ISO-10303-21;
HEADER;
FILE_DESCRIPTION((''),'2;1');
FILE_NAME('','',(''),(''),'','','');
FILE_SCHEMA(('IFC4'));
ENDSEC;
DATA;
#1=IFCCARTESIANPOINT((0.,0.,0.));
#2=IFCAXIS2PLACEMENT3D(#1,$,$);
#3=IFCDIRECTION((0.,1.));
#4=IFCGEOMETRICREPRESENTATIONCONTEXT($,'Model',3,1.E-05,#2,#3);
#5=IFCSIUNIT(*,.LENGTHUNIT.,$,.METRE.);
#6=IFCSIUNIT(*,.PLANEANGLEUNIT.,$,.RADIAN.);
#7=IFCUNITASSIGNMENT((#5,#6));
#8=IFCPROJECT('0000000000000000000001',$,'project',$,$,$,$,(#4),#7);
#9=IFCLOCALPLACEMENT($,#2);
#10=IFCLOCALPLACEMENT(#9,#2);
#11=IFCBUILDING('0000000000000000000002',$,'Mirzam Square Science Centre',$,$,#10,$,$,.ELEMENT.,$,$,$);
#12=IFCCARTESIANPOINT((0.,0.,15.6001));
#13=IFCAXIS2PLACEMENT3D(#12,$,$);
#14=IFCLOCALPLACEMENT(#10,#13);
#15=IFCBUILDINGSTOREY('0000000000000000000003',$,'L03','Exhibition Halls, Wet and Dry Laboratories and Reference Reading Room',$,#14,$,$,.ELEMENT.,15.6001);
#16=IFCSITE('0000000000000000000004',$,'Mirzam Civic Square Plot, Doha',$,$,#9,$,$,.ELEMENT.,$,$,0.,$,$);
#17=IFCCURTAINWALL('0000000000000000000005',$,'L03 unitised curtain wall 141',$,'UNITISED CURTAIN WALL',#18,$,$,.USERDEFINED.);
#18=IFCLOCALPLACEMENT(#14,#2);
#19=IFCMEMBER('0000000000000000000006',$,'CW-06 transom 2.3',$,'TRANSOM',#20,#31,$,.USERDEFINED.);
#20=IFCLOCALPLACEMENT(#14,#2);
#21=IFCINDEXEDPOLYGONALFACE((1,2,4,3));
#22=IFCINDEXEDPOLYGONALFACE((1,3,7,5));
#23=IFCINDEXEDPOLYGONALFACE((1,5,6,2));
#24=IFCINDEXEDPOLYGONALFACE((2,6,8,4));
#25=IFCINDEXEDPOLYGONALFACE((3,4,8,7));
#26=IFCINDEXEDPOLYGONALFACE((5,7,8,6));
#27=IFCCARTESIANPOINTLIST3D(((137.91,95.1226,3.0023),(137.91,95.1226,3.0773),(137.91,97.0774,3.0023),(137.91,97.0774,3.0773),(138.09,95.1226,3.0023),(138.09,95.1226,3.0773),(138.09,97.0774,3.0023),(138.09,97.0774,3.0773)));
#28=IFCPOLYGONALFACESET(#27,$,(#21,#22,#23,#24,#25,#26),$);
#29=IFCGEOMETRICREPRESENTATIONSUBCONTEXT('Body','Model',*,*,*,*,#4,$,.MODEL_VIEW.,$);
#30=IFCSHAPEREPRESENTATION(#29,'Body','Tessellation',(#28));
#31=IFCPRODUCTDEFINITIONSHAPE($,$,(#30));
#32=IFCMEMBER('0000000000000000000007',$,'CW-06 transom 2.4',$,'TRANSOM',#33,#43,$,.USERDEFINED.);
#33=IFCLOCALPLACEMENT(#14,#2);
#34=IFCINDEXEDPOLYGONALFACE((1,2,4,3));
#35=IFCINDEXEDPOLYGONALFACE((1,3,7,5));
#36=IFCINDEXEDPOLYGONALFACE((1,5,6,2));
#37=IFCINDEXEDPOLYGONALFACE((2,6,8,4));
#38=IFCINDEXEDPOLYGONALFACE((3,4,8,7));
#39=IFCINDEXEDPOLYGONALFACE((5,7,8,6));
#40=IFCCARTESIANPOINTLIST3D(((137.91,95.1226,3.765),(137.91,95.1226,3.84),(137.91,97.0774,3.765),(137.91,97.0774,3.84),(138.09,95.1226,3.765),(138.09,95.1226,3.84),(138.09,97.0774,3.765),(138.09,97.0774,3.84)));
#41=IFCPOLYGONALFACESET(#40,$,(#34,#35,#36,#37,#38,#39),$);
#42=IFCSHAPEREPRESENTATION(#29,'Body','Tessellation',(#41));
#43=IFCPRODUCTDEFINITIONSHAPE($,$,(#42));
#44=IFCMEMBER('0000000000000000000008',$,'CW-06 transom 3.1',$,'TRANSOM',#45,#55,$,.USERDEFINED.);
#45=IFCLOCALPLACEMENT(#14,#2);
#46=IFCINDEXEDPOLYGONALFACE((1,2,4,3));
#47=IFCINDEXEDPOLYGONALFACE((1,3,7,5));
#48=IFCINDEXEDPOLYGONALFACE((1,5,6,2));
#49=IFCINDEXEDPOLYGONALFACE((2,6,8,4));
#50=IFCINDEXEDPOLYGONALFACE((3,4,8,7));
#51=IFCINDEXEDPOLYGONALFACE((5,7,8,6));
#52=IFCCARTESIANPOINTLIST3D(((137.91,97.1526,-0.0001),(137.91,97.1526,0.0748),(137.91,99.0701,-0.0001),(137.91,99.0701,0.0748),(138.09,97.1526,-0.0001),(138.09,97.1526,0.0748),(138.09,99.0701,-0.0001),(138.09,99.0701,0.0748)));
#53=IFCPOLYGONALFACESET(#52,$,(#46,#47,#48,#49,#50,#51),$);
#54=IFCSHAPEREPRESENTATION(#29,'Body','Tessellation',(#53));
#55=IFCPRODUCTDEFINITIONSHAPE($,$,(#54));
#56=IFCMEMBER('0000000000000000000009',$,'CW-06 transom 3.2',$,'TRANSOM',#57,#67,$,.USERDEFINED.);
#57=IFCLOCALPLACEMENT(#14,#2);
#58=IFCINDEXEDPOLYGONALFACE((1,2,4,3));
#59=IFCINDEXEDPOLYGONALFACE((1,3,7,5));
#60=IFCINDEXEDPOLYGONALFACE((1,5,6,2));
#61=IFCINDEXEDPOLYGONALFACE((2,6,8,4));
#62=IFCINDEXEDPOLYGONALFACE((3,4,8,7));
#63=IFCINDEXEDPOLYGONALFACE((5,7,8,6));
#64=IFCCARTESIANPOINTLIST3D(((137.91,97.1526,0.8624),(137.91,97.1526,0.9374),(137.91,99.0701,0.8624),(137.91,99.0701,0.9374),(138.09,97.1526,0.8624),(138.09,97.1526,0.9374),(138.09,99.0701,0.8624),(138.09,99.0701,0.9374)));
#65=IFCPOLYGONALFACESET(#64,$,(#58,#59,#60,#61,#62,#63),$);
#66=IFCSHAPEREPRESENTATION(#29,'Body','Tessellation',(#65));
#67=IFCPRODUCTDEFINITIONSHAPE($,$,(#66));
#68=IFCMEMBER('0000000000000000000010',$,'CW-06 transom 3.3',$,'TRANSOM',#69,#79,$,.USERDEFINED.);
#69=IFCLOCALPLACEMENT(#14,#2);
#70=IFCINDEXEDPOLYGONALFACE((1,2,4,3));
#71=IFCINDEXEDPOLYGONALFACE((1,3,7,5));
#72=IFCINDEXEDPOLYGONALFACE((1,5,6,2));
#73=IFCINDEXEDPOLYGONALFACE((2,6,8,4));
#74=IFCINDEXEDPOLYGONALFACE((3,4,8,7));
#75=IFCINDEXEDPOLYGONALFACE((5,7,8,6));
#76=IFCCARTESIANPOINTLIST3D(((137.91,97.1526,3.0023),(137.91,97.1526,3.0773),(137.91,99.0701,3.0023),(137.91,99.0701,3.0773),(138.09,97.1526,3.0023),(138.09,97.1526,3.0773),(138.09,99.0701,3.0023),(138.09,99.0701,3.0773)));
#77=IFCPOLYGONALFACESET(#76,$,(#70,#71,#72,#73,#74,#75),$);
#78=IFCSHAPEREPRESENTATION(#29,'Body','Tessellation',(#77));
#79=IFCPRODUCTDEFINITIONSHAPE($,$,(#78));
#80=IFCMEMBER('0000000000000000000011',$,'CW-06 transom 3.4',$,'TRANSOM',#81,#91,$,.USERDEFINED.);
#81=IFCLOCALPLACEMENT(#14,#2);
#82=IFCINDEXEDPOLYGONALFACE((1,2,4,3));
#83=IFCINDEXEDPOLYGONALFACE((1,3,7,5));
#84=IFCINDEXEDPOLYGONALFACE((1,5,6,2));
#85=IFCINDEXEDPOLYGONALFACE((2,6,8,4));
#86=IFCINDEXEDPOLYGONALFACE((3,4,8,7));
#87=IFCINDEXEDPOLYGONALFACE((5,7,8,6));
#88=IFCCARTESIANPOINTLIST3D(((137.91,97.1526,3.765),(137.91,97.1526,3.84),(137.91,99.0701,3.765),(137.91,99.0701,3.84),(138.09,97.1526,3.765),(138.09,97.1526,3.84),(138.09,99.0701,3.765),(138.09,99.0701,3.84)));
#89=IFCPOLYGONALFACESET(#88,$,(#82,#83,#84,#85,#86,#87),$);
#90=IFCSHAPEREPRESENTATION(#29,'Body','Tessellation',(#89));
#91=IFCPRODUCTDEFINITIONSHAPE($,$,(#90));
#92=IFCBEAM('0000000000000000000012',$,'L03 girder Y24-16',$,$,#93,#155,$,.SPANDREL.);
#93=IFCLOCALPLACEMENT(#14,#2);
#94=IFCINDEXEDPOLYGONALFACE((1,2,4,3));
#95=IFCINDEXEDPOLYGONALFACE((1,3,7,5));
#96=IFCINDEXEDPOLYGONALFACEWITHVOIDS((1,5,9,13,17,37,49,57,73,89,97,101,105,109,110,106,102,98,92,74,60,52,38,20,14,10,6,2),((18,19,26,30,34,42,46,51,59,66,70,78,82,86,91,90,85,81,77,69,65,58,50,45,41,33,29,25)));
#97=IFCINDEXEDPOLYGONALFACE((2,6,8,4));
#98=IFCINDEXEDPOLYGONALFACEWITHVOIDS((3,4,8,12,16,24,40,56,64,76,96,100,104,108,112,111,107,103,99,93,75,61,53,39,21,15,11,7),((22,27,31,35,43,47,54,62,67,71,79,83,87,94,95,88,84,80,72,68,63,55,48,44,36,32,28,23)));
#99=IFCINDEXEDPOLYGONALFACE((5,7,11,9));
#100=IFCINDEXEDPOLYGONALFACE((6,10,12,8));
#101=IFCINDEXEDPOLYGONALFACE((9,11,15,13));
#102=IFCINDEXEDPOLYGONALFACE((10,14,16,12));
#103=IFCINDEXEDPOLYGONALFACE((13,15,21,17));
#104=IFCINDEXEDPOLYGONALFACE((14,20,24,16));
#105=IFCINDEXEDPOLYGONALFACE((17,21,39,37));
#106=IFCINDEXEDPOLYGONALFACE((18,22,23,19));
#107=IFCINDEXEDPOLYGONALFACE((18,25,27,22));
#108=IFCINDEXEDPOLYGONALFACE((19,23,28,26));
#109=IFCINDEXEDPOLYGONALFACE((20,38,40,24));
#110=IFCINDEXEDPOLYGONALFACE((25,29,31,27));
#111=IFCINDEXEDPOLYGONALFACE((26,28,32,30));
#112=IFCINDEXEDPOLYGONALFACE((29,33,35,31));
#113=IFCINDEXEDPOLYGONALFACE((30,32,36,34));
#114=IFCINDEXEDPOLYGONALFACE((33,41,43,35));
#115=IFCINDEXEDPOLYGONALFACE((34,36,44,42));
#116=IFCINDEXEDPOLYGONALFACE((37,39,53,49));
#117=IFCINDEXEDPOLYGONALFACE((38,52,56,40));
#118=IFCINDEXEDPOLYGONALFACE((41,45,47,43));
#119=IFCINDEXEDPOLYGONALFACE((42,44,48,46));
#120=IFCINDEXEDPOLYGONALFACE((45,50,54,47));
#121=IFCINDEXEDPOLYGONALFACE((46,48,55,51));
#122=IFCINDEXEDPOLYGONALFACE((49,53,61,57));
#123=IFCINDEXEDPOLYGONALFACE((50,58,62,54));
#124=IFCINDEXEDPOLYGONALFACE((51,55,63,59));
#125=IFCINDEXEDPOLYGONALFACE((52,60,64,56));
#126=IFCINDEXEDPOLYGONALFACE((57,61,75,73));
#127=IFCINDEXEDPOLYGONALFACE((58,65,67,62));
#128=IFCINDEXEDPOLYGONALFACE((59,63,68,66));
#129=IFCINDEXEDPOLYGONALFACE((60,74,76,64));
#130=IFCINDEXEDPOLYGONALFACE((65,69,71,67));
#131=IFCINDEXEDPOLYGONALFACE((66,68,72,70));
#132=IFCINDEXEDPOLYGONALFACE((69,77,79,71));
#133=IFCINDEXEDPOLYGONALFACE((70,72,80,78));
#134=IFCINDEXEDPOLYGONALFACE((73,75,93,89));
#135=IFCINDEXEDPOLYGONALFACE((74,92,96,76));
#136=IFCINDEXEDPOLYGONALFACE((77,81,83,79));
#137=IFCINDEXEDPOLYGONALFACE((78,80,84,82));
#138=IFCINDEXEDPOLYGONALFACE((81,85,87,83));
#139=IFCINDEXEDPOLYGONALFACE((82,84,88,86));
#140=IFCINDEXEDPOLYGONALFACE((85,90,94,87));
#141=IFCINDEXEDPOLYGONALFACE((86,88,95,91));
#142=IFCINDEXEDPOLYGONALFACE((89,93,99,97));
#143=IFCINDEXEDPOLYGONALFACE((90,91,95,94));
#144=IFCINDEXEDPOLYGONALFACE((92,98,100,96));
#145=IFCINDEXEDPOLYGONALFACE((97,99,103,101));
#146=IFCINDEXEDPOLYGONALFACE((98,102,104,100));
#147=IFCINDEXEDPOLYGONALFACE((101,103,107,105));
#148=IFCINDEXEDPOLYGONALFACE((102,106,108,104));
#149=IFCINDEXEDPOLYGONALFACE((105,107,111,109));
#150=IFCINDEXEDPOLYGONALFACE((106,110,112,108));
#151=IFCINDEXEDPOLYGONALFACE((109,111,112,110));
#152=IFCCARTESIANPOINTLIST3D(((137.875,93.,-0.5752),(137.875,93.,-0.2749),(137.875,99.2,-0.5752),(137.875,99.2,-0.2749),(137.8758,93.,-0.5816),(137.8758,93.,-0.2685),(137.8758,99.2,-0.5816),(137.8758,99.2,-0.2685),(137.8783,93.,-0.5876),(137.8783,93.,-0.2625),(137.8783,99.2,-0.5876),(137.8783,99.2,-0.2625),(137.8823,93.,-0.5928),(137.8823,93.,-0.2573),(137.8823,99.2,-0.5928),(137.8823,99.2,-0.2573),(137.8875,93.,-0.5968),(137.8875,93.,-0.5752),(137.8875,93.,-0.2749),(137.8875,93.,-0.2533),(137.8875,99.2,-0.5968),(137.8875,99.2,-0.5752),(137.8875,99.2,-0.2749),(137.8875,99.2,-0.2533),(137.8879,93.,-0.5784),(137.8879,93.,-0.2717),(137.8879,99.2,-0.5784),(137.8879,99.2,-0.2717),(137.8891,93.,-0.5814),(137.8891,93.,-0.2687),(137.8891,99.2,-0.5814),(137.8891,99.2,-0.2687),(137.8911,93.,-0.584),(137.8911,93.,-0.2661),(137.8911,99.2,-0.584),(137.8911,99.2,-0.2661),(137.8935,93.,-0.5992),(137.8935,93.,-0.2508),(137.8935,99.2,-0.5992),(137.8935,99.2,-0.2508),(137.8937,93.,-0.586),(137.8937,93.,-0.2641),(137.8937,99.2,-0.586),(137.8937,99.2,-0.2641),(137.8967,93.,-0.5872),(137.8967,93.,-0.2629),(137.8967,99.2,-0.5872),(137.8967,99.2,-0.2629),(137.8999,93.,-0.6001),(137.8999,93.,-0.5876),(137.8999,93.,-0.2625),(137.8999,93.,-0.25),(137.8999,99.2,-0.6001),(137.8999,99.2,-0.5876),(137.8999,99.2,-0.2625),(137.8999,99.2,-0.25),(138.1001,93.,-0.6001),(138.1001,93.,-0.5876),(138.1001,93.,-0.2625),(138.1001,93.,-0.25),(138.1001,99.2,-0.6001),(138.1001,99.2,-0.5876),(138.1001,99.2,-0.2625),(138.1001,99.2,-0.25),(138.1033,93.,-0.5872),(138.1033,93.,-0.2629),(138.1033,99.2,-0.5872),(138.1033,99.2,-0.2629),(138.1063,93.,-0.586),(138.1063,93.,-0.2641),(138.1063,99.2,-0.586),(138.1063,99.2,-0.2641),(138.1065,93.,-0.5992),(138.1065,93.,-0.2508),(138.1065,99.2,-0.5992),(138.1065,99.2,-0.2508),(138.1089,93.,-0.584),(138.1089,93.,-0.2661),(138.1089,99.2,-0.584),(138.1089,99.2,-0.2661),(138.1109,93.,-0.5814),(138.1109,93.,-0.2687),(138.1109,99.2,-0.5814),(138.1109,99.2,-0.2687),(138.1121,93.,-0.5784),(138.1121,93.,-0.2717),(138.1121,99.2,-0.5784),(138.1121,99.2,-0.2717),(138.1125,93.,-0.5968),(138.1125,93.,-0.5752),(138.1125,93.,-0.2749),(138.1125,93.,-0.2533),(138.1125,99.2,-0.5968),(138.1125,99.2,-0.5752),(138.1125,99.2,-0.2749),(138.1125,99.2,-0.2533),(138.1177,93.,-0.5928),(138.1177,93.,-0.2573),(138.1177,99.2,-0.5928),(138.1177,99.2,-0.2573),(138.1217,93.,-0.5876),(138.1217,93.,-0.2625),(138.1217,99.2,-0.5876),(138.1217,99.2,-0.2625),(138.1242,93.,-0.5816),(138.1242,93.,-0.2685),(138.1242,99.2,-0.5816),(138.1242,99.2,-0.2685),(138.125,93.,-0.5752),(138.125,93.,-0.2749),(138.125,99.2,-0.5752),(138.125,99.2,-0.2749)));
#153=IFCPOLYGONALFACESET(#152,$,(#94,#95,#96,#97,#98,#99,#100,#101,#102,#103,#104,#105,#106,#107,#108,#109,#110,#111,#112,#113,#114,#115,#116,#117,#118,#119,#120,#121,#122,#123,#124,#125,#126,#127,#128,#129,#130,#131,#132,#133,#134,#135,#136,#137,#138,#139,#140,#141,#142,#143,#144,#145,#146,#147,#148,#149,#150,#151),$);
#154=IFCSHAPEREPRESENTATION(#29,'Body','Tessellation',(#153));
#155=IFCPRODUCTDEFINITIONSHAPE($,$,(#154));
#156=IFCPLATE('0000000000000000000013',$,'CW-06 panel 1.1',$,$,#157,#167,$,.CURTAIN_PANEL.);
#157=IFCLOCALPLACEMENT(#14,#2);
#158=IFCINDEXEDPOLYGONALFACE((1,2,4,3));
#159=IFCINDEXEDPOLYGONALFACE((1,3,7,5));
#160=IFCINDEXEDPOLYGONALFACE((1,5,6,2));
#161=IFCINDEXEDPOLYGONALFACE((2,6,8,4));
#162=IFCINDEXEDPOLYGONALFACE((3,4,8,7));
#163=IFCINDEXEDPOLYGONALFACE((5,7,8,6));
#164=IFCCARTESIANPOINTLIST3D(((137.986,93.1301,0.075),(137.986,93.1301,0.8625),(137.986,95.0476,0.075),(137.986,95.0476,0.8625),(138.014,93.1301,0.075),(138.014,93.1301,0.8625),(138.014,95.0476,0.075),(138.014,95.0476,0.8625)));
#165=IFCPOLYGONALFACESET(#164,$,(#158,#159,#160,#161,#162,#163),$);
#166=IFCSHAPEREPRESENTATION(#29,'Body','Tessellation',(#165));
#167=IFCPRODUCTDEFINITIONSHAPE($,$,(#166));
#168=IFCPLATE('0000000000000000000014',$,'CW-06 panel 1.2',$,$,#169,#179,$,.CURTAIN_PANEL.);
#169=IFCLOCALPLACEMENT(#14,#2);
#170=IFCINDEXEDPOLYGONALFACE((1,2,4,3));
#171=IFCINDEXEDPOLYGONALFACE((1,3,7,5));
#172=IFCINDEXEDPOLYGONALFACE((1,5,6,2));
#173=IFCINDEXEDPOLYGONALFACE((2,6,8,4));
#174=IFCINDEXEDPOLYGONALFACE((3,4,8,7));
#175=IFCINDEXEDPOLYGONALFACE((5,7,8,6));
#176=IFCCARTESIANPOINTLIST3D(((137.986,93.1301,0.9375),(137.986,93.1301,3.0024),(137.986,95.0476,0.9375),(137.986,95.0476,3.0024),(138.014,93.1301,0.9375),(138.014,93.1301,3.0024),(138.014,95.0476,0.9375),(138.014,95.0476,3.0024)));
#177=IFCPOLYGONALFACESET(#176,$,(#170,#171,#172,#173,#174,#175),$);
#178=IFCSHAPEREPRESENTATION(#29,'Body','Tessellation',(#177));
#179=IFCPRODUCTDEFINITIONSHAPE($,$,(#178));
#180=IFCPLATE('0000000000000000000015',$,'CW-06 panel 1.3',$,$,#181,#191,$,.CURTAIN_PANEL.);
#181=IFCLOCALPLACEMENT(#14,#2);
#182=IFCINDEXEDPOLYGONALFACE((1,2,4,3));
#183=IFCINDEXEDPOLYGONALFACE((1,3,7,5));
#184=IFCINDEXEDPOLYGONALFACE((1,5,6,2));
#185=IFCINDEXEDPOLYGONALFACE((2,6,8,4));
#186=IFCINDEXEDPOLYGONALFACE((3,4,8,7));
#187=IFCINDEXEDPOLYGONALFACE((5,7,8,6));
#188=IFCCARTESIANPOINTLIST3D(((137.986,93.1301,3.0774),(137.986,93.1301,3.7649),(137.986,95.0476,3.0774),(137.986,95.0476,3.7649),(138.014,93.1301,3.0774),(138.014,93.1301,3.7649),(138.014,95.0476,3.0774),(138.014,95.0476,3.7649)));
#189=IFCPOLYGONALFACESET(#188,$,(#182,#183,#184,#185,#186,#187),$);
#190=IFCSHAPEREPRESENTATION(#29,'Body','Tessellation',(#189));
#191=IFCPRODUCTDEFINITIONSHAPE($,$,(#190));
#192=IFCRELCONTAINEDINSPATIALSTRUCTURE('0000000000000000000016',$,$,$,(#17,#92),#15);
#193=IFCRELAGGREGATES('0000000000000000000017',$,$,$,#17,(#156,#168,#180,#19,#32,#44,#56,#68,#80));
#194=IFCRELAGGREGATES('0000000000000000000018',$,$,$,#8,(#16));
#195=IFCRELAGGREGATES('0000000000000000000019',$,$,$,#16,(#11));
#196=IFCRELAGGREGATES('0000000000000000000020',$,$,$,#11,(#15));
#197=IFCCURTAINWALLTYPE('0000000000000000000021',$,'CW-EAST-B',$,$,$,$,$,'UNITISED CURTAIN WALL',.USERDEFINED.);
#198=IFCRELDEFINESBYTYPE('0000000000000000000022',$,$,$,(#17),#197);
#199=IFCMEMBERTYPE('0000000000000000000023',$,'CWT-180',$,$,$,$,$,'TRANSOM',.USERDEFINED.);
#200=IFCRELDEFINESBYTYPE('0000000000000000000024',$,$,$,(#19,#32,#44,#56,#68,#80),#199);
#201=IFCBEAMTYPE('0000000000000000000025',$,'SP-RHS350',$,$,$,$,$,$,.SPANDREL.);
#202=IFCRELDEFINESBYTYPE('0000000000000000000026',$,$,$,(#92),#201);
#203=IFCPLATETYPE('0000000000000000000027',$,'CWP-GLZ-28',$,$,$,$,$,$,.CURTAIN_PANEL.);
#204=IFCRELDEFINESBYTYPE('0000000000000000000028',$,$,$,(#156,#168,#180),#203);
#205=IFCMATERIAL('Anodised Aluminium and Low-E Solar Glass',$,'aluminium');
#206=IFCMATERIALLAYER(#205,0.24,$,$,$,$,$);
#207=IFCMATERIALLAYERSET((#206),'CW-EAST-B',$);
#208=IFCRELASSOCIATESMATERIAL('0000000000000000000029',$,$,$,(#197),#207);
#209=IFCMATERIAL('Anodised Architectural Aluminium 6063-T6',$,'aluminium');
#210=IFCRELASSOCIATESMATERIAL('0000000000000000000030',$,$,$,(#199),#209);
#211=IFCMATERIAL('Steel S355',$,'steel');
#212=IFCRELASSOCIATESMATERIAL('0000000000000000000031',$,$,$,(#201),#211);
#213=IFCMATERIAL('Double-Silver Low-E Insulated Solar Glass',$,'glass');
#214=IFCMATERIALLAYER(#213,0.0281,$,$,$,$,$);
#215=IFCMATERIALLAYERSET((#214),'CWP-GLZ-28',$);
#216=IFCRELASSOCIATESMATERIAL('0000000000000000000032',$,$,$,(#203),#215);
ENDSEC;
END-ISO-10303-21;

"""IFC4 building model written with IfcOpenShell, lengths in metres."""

from ifc_helpers import new_model, si_unit, direction, frame, origin, origin_2d, place, context, subcontext, project, spatial, rectangle, hollow_rectangle, extrude, material, layer, layer_set, material_profile, profile_set, type_object, element, aggregate, save


model = new_model("IFC4")

# Units and contexts
model_context = context("Model", 3, precision=1e-05, world=origin(), true_north=direction((0.0, 1.0)))
body_context = subcontext(model_context, "Body", "Model", "MODEL_VIEW")
ifc_project = project(units=[si_unit("LENGTHUNIT", "METRE"), si_unit("PLANEANGLEUNIT", "RADIAN")], contexts=[model_context])

# Site, building, storey
site_placement = place(None, origin())
site = spatial("IfcSite", under=ifc_project, at=site_placement, Name="Mirzam Civic Square Plot, Doha", CompositionType="ELEMENT", RefElevation=0.0)
building_placement = place(site_placement, origin())
building = spatial("IfcBuilding", under=site, at=building_placement, Name="Mirzam Square Science Centre", CompositionType="ELEMENT")
storey_placement = place(building_placement, frame((0.0, 0.0, 15.6001)))
storey = spatial("IfcBuildingStorey", under=building, at=storey_placement, Name="L03", Description="Exhibition Halls, Wet and Dry Laboratories and Reference Reading Room", CompositionType="ELEMENT", Elevation=15.6001)

# Shared definitions
ifc_material_1 = material(Name="Steel S355", Category="steel")

# Shared definitions
ifc_material_2 = material(Name="Anodised Aluminium and Low-E Solar Glass", Category="aluminium")
ifc_material_3 = material(Name="Anodised Architectural Aluminium 6063-T6", Category="aluminium")

# Curtain wall, members
ifc_layer_1 = layer(ifc_material_2, 0.24)
ifc_layer_set_1 = layer_set([ifc_layer_1], Name="CW-EAST-B")
curtain_wall_type_1 = type_object("IfcCurtainWallType", Name="CW-EAST-B", ElementType="UNITISED CURTAIN WALL", PredefinedType="USERDEFINED", material=ifc_layer_set_1)
curtain_wall_1_placement = place(storey_placement, origin())
curtain_wall_1 = element("IfcCurtainWall", 1, at=curtain_wall_1_placement, inside=storey, type_object=curtain_wall_type_1, Name="L03 unitised curtain wall 141", ObjectType="UNITISED CURTAIN WALL", PredefinedType="USERDEFINED")
ifc_material_profile_1 = material_profile(ifc_material_3, rectangle(XDim=0.1799, YDim=0.075, at=origin_2d()), Name="ALU-TRAN-180x75x5")
ifc_profile_set_1 = profile_set([ifc_material_profile_1], Name="Anodised Architectural Aluminium 6063-T6")
member_type_1 = type_object("IfcMemberType", Name="CWT-180", ElementType="TRANSOM", PredefinedType="USERDEFINED", material=ifc_profile_set_1)
member_1_placement = place(storey_placement, frame((138.0, 95.1226, 3.0398), z_axis=(0.0, 1.0, 0.0), x_axis=(-1.0, 0.0, 0.0)))
member_1 = element("IfcMember", 2, at=member_1_placement, type_object=member_type_1, Name="CW-06 transom 2.3", ObjectType="TRANSOM", PredefinedType="USERDEFINED", context=body_context, shape_type="SweptSolid", body=[
    extrude(rectangle(XDim=0.1799, YDim=0.075, at=origin_2d()), origin(), (0.0, 0.0, 1.0), 1.9548),
])
member_2_placement = place(storey_placement, frame((138.0, 95.1226, 3.8025), z_axis=(0.0, 1.0, 0.0), x_axis=(-1.0, 0.0, 0.0)))
member_2 = element("IfcMember", 3, at=member_2_placement, type_object=member_type_1, Name="CW-06 transom 2.4", ObjectType="TRANSOM", PredefinedType="USERDEFINED", context=body_context, shape_type="SweptSolid", body=[
    extrude(rectangle(XDim=0.1799, YDim=0.075, at=origin_2d()), origin(), (0.0, 0.0, 1.0), 1.9548),
])
member_3_placement = place(storey_placement, frame((138.0, 97.1526, 0.0374), z_axis=(0.0, 1.0, 0.0), x_axis=(-1.0, 0.0, 0.0)))
member_3 = element("IfcMember", 4, at=member_3_placement, type_object=member_type_1, Name="CW-06 transom 3.1", ObjectType="TRANSOM", PredefinedType="USERDEFINED", context=body_context, shape_type="SweptSolid", body=[
    extrude(rectangle(XDim=0.1799, YDim=0.075, at=origin_2d()), origin(), (0.0, 0.0, 1.0), 1.9175),
])
member_4_placement = place(storey_placement, frame((138.0, 97.1526, 0.8999), z_axis=(0.0, 1.0, 0.0), x_axis=(-1.0, 0.0, 0.0)))
member_4 = element("IfcMember", 5, at=member_4_placement, type_object=member_type_1, Name="CW-06 transom 3.2", ObjectType="TRANSOM", PredefinedType="USERDEFINED", context=body_context, shape_type="SweptSolid", body=[
    extrude(rectangle(XDim=0.1799, YDim=0.075, at=origin_2d()), origin(), (0.0, 0.0, 1.0), 1.9175),
])
member_5_placement = place(storey_placement, frame((138.0, 97.1526, 3.0398), z_axis=(0.0, 1.0, 0.0), x_axis=(-1.0, 0.0, 0.0)))
member_5 = element("IfcMember", 6, at=member_5_placement, type_object=member_type_1, Name="CW-06 transom 3.3", ObjectType="TRANSOM", PredefinedType="USERDEFINED", context=body_context, shape_type="SweptSolid", body=[
    extrude(rectangle(XDim=0.1799, YDim=0.075, at=origin_2d()), origin(), (0.0, 0.0, 1.0), 1.9175),
])
member_6_placement = place(storey_placement, frame((138.0, 97.1526, 3.8025), z_axis=(0.0, 1.0, 0.0), x_axis=(-1.0, 0.0, 0.0)))
member_6 = element("IfcMember", 7, at=member_6_placement, type_object=member_type_1, Name="CW-06 transom 3.4", ObjectType="TRANSOM", PredefinedType="USERDEFINED", context=body_context, shape_type="SweptSolid", body=[
    extrude(rectangle(XDim=0.1799, YDim=0.075, at=origin_2d()), origin(), (0.0, 0.0, 1.0), 1.9175),
])

# Beam
ifc_material_profile_2 = material_profile(ifc_material_1, hollow_rectangle(XDim=0.25, YDim=0.3501, WallThickness=0.0125, InnerFilletRadius=0.0125, OuterFilletRadius=0.0249, at=origin_2d()), Name="350x250x12.5RHS")
ifc_profile_set_2 = profile_set([ifc_material_profile_2], Name="Steel S355")
beam_type = type_object("IfcBeamType", Name="SP-RHS350", PredefinedType="SPANDREL", material=ifc_profile_set_2)
beam_placement = place(storey_placement, frame((138.0, 93.0, -0.425), z_axis=(0.0, 1.0, 0.0), x_axis=(-1.0, 0.0, 0.0)))
element("IfcBeam", 8, at=beam_placement, inside=storey, type_object=beam_type, Name="L03 girder Y24-16", PredefinedType="SPANDREL", context=body_context, shape_type="SweptSolid", body=[
    extrude(hollow_rectangle(XDim=0.25, YDim=0.3501, WallThickness=0.0125, InnerFilletRadius=0.0125, OuterFilletRadius=0.0249, at=origin_2d()), origin(), (0.0, 0.0, 1.0), 6.2),
])

# Plates
ifc_material_4 = material(Name="Double-Silver Low-E Insulated Solar Glass", Category="glass")
ifc_layer_2 = layer(ifc_material_4, 0.0281)
ifc_layer_set_2 = layer_set([ifc_layer_2], Name="CWP-GLZ-28")
plate_type_1 = type_object("IfcPlateType", Name="CWP-GLZ-28", PredefinedType="CURTAIN_PANEL", material=ifc_layer_set_2)
plate_1_placement = place(storey_placement, frame((138.0, 94.0889, 0.075), z_axis=(0.0, 0.0, 1.0), x_axis=(0.0, 1.0, 0.0)))
plate_1 = element("IfcPlate", 9, at=plate_1_placement, type_object=plate_type_1, Name="CW-06 panel 1.1", PredefinedType="CURTAIN_PANEL", context=body_context, shape_type="SweptSolid", body=[
    extrude(rectangle(XDim=1.9175, YDim=0.0281, at=origin_2d()), origin(), (0.0, 0.0, 1.0), 0.7876),
])
plate_2_placement = place(storey_placement, frame((138.0, 94.0889, 0.9375), z_axis=(0.0, 0.0, 1.0), x_axis=(0.0, 1.0, 0.0)))
plate_2 = element("IfcPlate", 10, at=plate_2_placement, type_object=plate_type_1, Name="CW-06 panel 1.2", PredefinedType="CURTAIN_PANEL", context=body_context, shape_type="SweptSolid", body=[
    extrude(rectangle(XDim=1.9175, YDim=0.0281, at=origin_2d()), origin(), (0.0, 0.0, 1.0), 2.0649),
])
plate_3_placement = place(storey_placement, frame((138.0, 94.0889, 3.0774), z_axis=(0.0, 0.0, 1.0), x_axis=(0.0, 1.0, 0.0)))
plate_3 = element("IfcPlate", 11, at=plate_3_placement, type_object=plate_type_1, Name="CW-06 panel 1.3", PredefinedType="CURTAIN_PANEL", context=body_context, shape_type="SweptSolid", body=[
    extrude(rectangle(XDim=1.9175, YDim=0.0281, at=origin_2d()), origin(), (0.0, 0.0, 1.0), 0.6875),
])
aggregate(curtain_wall_1, [plate_1, plate_2, plate_3, member_1, member_2, member_3, member_4, member_5, member_6])

save(model, "model.ifc")
